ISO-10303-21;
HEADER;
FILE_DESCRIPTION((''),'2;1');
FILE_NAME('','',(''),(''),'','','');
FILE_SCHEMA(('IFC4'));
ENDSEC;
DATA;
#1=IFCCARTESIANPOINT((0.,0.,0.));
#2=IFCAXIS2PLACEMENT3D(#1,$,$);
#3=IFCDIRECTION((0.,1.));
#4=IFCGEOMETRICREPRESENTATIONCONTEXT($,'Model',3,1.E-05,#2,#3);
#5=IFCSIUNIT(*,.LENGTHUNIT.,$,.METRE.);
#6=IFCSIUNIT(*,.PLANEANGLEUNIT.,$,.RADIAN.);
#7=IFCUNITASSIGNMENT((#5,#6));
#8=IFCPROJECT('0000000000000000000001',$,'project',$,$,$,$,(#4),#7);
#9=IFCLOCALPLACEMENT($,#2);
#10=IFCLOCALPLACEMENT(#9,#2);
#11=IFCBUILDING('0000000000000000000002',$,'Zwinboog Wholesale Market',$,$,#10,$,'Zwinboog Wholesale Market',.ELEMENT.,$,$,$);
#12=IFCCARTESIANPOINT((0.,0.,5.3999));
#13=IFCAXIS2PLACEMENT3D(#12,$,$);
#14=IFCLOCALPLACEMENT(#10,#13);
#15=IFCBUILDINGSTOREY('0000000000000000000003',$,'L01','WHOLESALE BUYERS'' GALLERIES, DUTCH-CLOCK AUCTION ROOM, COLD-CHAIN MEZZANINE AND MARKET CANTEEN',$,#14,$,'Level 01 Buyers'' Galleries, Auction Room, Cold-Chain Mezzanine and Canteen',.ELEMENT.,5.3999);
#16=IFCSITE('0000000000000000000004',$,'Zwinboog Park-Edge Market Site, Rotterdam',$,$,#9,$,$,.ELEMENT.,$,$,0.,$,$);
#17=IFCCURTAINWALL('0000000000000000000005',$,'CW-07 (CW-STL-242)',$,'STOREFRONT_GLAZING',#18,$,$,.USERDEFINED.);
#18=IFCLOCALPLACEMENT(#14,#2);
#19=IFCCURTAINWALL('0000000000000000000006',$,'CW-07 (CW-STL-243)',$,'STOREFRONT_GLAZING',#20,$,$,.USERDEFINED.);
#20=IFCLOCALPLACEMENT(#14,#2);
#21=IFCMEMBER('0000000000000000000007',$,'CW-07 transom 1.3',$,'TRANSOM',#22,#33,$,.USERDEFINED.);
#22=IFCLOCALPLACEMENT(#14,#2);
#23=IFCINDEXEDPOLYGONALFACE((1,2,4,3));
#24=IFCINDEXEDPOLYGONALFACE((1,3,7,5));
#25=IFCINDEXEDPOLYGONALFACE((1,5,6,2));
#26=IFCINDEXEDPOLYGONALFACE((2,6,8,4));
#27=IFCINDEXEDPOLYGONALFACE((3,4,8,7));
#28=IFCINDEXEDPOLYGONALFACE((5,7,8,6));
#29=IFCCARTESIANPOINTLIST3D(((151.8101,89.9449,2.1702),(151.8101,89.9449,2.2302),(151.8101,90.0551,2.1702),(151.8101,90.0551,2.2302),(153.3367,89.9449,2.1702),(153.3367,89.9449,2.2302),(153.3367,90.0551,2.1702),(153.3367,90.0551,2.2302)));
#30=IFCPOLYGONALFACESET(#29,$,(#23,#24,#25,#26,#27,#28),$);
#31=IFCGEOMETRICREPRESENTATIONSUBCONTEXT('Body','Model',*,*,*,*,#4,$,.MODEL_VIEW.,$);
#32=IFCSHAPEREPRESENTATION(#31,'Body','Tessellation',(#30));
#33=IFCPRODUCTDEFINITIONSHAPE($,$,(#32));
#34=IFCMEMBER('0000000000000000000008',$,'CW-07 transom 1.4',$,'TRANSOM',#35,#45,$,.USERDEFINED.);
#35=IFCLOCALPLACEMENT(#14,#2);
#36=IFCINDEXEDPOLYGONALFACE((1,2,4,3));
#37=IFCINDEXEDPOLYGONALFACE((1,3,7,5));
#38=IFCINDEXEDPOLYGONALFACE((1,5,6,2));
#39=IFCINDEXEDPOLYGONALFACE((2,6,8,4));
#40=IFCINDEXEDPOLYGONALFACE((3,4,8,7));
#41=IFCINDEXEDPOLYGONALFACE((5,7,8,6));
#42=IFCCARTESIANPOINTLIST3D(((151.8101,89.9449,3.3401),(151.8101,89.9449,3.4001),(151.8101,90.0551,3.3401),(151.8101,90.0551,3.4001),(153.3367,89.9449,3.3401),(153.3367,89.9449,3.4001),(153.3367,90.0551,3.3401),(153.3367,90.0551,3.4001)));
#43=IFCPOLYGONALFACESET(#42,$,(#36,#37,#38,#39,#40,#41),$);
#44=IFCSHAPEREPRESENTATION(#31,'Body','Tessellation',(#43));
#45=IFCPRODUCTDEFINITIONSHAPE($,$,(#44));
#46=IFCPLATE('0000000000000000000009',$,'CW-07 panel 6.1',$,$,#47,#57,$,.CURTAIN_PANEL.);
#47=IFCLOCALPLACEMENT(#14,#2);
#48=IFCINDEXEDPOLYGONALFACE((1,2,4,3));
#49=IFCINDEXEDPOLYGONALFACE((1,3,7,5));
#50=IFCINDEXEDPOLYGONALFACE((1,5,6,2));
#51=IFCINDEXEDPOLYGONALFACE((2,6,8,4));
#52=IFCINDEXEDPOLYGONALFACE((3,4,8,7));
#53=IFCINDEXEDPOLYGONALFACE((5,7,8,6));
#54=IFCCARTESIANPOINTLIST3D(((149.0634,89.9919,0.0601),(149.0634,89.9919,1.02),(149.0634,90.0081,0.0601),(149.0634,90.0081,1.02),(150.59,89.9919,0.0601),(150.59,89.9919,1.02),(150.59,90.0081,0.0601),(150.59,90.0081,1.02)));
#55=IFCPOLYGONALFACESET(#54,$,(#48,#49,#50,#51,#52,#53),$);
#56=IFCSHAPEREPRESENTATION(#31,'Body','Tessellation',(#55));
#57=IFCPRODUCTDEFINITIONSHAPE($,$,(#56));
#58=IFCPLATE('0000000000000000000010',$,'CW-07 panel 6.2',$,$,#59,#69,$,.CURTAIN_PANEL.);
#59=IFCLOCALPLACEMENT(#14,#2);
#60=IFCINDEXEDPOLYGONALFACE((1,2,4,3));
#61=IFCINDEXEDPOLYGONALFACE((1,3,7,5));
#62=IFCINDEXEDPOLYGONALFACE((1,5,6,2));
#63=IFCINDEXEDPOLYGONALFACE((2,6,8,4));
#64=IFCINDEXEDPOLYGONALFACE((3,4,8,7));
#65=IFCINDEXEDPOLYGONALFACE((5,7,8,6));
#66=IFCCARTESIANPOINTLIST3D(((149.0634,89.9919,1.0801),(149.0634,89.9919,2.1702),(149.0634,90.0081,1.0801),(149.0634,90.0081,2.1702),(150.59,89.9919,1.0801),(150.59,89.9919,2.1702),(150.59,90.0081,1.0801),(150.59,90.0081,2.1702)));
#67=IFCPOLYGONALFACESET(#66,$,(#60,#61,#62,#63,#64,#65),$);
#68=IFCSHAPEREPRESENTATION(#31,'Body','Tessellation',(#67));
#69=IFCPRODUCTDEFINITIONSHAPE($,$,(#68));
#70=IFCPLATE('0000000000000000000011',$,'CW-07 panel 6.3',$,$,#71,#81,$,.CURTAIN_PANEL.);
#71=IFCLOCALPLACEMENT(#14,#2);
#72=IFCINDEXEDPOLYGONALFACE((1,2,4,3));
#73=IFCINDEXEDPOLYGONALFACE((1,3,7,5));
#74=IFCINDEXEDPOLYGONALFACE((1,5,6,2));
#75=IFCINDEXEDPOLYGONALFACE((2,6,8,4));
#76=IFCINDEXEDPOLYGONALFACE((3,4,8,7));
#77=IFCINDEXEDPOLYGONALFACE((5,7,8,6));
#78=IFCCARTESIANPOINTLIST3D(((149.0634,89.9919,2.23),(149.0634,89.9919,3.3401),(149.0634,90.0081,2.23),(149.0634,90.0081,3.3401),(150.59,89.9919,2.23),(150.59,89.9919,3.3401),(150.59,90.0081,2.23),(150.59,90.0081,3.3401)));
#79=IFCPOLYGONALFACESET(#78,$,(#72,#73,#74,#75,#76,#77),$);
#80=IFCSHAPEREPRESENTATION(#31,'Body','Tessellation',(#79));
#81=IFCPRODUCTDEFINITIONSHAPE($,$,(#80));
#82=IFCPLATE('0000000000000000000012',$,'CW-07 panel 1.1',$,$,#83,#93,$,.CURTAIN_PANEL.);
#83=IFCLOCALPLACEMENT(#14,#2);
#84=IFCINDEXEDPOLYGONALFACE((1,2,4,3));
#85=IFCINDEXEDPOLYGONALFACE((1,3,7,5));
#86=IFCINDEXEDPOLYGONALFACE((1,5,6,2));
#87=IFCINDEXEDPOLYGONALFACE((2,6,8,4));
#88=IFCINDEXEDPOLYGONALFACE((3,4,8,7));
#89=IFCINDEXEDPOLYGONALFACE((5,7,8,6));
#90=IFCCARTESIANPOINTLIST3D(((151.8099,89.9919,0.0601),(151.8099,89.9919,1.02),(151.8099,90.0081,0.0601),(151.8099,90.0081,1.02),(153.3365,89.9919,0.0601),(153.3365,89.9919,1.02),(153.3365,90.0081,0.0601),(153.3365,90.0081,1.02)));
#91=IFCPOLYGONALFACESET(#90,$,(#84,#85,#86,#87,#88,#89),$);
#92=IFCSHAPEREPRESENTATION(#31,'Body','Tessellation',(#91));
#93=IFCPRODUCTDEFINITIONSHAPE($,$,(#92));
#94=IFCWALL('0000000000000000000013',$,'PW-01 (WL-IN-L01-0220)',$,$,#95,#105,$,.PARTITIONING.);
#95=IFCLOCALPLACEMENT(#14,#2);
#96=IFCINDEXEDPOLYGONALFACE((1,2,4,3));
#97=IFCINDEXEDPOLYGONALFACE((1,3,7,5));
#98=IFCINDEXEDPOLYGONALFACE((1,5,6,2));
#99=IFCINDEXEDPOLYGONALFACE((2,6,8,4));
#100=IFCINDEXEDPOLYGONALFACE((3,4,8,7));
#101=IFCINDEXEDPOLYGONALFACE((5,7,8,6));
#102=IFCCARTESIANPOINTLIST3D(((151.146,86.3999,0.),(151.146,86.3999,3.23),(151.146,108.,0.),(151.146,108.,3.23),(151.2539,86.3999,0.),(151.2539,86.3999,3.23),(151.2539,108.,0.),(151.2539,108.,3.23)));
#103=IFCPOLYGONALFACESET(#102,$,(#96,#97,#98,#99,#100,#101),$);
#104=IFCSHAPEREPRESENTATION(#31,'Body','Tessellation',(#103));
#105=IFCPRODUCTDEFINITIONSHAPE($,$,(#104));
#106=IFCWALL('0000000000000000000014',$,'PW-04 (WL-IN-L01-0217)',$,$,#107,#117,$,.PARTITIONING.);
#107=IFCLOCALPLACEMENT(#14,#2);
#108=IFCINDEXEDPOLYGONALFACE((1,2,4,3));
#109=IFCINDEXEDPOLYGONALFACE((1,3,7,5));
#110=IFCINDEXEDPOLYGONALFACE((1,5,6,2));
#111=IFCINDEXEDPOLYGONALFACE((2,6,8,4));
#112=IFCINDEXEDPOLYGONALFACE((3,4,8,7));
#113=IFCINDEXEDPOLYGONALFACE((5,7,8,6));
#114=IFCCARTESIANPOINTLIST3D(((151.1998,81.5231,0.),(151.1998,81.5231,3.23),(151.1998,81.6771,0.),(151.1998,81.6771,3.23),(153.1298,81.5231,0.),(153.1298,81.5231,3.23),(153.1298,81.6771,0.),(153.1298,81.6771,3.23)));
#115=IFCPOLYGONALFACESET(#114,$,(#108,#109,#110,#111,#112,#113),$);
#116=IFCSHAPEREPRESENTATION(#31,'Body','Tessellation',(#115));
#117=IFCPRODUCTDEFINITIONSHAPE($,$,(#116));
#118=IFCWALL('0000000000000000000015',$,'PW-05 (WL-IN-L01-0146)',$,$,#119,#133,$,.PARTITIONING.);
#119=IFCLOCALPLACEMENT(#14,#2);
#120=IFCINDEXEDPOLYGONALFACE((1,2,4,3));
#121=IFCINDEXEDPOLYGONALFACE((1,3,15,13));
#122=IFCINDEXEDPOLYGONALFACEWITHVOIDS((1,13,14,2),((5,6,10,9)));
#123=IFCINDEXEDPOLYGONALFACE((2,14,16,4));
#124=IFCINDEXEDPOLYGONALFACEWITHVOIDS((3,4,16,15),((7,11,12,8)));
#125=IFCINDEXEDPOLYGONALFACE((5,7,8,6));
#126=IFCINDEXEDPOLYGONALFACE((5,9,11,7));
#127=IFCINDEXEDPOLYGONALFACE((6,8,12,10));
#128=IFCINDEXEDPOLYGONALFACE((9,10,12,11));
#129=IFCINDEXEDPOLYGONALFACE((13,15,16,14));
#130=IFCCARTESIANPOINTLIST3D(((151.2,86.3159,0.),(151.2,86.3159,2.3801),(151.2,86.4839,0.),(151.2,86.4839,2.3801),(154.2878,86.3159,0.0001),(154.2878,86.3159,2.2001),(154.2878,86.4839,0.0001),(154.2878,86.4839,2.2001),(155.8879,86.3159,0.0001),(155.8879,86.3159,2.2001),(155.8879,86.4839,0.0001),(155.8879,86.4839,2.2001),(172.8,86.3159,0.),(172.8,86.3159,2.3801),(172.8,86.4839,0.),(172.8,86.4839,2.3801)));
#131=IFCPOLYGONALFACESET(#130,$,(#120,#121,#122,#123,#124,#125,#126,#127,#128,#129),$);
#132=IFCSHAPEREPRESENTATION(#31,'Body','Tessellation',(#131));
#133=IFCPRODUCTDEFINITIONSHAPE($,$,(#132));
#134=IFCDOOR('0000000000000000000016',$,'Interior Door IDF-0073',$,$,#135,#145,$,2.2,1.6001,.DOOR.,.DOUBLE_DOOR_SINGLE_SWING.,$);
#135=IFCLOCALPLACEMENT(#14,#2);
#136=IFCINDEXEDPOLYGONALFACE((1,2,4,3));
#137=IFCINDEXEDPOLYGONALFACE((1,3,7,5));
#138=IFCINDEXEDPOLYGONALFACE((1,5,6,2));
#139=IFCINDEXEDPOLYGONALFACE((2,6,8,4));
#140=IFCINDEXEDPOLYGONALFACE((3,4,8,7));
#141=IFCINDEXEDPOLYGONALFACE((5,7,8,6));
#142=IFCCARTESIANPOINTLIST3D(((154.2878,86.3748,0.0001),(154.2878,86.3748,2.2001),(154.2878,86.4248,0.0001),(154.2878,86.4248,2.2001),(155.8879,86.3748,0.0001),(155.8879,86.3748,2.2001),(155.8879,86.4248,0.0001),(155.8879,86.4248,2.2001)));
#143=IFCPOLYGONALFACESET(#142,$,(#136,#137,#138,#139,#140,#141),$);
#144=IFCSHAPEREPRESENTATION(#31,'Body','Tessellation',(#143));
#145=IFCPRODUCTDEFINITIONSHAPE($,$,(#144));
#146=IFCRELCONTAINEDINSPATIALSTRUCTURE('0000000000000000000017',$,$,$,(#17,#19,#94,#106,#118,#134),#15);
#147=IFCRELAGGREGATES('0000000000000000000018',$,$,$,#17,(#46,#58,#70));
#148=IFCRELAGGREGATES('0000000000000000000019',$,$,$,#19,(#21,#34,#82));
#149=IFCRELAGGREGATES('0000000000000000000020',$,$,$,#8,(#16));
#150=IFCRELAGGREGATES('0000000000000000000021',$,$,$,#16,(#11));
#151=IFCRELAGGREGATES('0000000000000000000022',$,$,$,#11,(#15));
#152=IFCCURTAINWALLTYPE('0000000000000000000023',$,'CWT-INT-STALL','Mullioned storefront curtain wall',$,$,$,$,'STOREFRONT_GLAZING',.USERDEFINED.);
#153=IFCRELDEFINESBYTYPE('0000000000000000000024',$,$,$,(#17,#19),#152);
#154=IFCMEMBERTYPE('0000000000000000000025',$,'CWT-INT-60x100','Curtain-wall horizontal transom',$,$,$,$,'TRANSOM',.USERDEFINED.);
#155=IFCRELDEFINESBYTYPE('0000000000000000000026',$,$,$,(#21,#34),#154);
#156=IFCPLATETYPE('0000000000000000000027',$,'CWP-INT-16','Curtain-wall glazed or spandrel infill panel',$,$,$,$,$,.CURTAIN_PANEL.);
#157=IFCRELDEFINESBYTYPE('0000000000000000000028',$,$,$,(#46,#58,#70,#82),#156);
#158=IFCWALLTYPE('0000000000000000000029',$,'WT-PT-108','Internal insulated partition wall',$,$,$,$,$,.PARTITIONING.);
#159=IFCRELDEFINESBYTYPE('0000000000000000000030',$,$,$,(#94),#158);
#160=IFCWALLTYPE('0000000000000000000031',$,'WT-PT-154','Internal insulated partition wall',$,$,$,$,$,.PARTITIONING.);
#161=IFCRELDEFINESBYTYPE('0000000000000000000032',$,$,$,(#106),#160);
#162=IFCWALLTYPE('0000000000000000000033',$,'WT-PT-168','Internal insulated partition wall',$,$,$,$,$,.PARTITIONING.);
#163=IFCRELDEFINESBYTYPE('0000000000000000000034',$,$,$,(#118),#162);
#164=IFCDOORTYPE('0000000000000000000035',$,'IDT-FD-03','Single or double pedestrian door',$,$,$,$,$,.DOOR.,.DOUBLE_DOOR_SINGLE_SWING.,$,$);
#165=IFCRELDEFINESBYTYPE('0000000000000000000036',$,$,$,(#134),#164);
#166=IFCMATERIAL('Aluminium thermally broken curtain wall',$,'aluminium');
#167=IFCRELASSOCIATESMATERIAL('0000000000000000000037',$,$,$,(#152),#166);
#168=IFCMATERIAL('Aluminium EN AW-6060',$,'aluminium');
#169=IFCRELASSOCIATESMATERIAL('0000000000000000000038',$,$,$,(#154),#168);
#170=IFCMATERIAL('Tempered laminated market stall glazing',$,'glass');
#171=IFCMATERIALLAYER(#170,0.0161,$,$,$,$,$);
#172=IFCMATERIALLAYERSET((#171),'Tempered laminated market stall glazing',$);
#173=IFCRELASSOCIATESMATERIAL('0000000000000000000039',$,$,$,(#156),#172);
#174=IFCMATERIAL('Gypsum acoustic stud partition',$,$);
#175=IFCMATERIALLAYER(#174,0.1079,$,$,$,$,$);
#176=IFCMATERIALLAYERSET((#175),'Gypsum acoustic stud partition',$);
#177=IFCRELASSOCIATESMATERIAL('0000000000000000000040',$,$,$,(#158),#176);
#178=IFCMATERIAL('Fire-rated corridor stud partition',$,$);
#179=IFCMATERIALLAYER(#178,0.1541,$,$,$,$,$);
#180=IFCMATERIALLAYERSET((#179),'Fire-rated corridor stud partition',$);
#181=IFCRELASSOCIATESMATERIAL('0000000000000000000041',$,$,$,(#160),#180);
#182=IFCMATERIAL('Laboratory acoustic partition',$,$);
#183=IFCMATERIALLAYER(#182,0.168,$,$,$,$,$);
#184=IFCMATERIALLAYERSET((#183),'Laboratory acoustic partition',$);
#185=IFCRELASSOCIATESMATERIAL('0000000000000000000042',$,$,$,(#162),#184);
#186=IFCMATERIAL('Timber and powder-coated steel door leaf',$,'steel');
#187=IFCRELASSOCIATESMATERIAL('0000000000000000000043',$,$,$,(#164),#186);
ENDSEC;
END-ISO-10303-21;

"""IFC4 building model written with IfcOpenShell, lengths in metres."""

from ifc_helpers import new_model, si_unit, direction, frame, frame_2d, origin, origin_2d, place, context, subcontext, project, spatial, rectangle, extrude, material, layer, layer_set, material_profile, profile_set, type_object, element, fill, aggregate, save


model = new_model("IFC4")

# Units and contexts
model_context = context("Model", 3, precision=1e-05, world=origin(), true_north=direction((0.0, 1.0)))
body_context = subcontext(model_context, "Body", "Model", "MODEL_VIEW")
ifc_project = project(units=[si_unit("LENGTHUNIT", "METRE"), si_unit("PLANEANGLEUNIT", "RADIAN")], contexts=[model_context])

# Site, building, storey
site_placement = place(None, origin())
site = spatial("IfcSite", under=ifc_project, at=site_placement, Name="Zwinboog Park-Edge Market Site, Rotterdam", CompositionType="ELEMENT", RefElevation=0.0)
building_placement = place(site_placement, origin())
building = spatial("IfcBuilding", under=site, at=building_placement, Name="Zwinboog Wholesale Market", LongName="Zwinboog Wholesale Market", CompositionType="ELEMENT")
storey_placement = place(building_placement, frame((0.0, 0.0, 5.3999)))
storey = spatial("IfcBuildingStorey", under=building, at=storey_placement, Name="L01", Description="WHOLESALE BUYERS' GALLERIES, DUTCH-CLOCK AUCTION ROOM, COLD-CHAIN MEZZANINE AND MARKET CANTEEN", LongName="Level 01 Buyers' Galleries, Auction Room, Cold-Chain Mezzanine and Canteen", CompositionType="ELEMENT", Elevation=5.3999)

# Curtain walls
ifc_material_1 = material(Name="Aluminium thermally broken curtain wall", Category="aluminium")
curtain_wall_type = type_object("IfcCurtainWallType", Name="CWT-INT-STALL", Description="Mullioned storefront curtain wall", ElementType="STOREFRONT_GLAZING", PredefinedType="USERDEFINED", material=ifc_material_1)
curtain_wall_1_placement = place(storey_placement, origin())
curtain_wall_1 = element("IfcCurtainWall", 1, at=curtain_wall_1_placement, inside=storey, type_object=curtain_wall_type, Name="CW-07 (CW-STL-242)", ObjectType="STOREFRONT_GLAZING", PredefinedType="USERDEFINED")
ifc_material_2 = material(Name="Aluminium EN AW-6060", Category="aluminium")
curtain_wall_2_placement = place(storey_placement, origin())
curtain_wall_2 = element("IfcCurtainWall", 2, at=curtain_wall_2_placement, inside=storey, type_object=curtain_wall_type, Name="CW-07 (CW-STL-243)", ObjectType="STOREFRONT_GLAZING", PredefinedType="USERDEFINED")

# Members
ifc_material_profile_1 = material_profile(ifc_material_2, rectangle(XDim=0.1101, YDim=0.0601, at=origin_2d()), Name="AL 60x110")
ifc_profile_set_1 = profile_set([ifc_material_profile_1], Name="Aluminium EN AW-6060")
member_type_1 = type_object("IfcMemberType", Name="CWT-INT-60x100", Description="Curtain-wall horizontal transom", ElementType="TRANSOM", PredefinedType="USERDEFINED", material=ifc_profile_set_1)
member_1_placement = place(storey_placement, frame((151.8101, 90.0, 2.2002), z_axis=(1.0, 0.0, 0.0), x_axis=(0.0, 1.0, 0.0)))
member_1 = element("IfcMember", 3, at=member_1_placement, type_object=member_type_1, Name="CW-07 transom 1.3", ObjectType="TRANSOM", PredefinedType="USERDEFINED", context=body_context, shape_type="SweptSolid", body=[
    extrude(rectangle(XDim=0.1101, YDim=0.0601, at=origin_2d()), origin(), (0.0, 0.0, 1.0), 1.5266),
])
member_2_placement = place(storey_placement, frame((151.8101, 90.0, 3.3701), z_axis=(1.0, 0.0, 0.0), x_axis=(0.0, 1.0, 0.0)))
member_2 = element("IfcMember", 4, at=member_2_placement, type_object=member_type_1, Name="CW-07 transom 1.4", ObjectType="TRANSOM", PredefinedType="USERDEFINED", context=body_context, shape_type="SweptSolid", body=[
    extrude(rectangle(XDim=0.1101, YDim=0.0601, at=origin_2d()), origin(), (0.0, 0.0, 1.0), 1.5266),
])

# Plates
ifc_material_3 = material(Name="Tempered laminated market stall glazing", Category="glass")
ifc_layer_1 = layer(ifc_material_3, 0.0161)
ifc_layer_set_1 = layer_set([ifc_layer_1], Name="Tempered laminated market stall glazing")
plate_type = type_object("IfcPlateType", Name="CWP-INT-16", Description="Curtain-wall glazed or spandrel infill panel", PredefinedType="CURTAIN_PANEL", material=ifc_layer_set_1)
plate_1_placement = place(storey_placement, frame((149.8267, 90.0, 0.0601), z_axis=(0.0, 0.0, 1.0), x_axis=(1.0, 0.0, 0.0)))
plate_1 = element("IfcPlate", 5, at=plate_1_placement, type_object=plate_type, Name="CW-07 panel 6.1", PredefinedType="CURTAIN_PANEL", context=body_context, shape_type="SweptSolid", body=[
    extrude(rectangle(XDim=1.5266, YDim=0.0161, at=origin_2d()), origin(), (0.0, 0.0, 1.0), 0.96),
])
plate_2_placement = place(storey_placement, frame((149.8267, 90.0, 1.0801), z_axis=(0.0, 0.0, 1.0), x_axis=(1.0, 0.0, 0.0)))
plate_2 = element("IfcPlate", 6, at=plate_2_placement, type_object=plate_type, Name="CW-07 panel 6.2", PredefinedType="CURTAIN_PANEL", context=body_context, shape_type="SweptSolid", body=[
    extrude(rectangle(XDim=1.5266, YDim=0.0161, at=origin_2d()), origin(), (0.0, 0.0, 1.0), 1.0901),
])
plate_3_placement = place(storey_placement, frame((149.8267, 90.0, 2.23), z_axis=(0.0, 0.0, 1.0), x_axis=(1.0, 0.0, 0.0)))
plate_3 = element("IfcPlate", 7, at=plate_3_placement, type_object=plate_type, Name="CW-07 panel 6.3", PredefinedType="CURTAIN_PANEL", context=body_context, shape_type="SweptSolid", body=[
    extrude(rectangle(XDim=1.5266, YDim=0.0161, at=origin_2d()), origin(), (0.0, 0.0, 1.0), 1.1101),
])
aggregate(curtain_wall_1, [plate_1, plate_2, plate_3])
plate_4_placement = place(storey_placement, frame((152.5732, 90.0, 0.0601), z_axis=(0.0, 0.0, 1.0), x_axis=(1.0, 0.0, 0.0)))
plate_4 = element("IfcPlate", 8, at=plate_4_placement, type_object=plate_type, Name="CW-07 panel 1.1", PredefinedType="CURTAIN_PANEL", context=body_context, shape_type="SweptSolid", body=[
    extrude(rectangle(XDim=1.5266, YDim=0.0161, at=origin_2d()), origin(), (0.0, 0.0, 1.0), 0.96),
])
aggregate(curtain_wall_2, [member_1, member_2, plate_4])

# Walls
ifc_material_4 = material(Name="Gypsum acoustic stud partition")
ifc_layer_2 = layer(ifc_material_4, 0.1079)
ifc_layer_set_2 = layer_set([ifc_layer_2], Name="Gypsum acoustic stud partition")
wall_type_1 = type_object("IfcWallType", Name="WT-PT-108", Description="Internal insulated partition wall", PredefinedType="PARTITIONING", material=ifc_layer_set_2)
wall_1_placement = place(storey_placement, frame((151.2, 86.3999, 0.0), z_axis=(0.0, 0.0, 1.0), x_axis=(0.0, 1.0, 0.0)))
element("IfcWall", 9, at=wall_1_placement, inside=storey, type_object=wall_type_1, Name="PW-01 (WL-IN-L01-0220)", PredefinedType="PARTITIONING", context=body_context, shape_type="SweptSolid", body=[
    extrude(rectangle(XDim=21.6001, YDim=0.1079, at=frame_2d((10.8, 0.0))), origin(), (0.0, 0.0, 1.0), 3.23),
])
ifc_material_5 = material(Name="Fire-rated corridor stud partition")
ifc_layer_3 = layer(ifc_material_5, 0.1541)
ifc_layer_set_3 = layer_set([ifc_layer_3], Name="Fire-rated corridor stud partition")
wall_type_2 = type_object("IfcWallType", Name="WT-PT-154", Description="Internal insulated partition wall", PredefinedType="PARTITIONING", material=ifc_layer_set_3)
wall_2_placement = place(storey_placement, frame((151.2, 81.6001, 0.0), z_axis=(0.0, 0.0, 1.0), x_axis=(1.0, 0.0, 0.0)))
element("IfcWall", 10, at=wall_2_placement, inside=storey, type_object=wall_type_2, Name="PW-04 (WL-IN-L01-0217)", PredefinedType="PARTITIONING", context=body_context, shape_type="SweptSolid", body=[
    extrude(rectangle(XDim=1.9299, YDim=0.1541, at=frame_2d((0.9648, 0.0))), origin(), (0.0, 0.0, 1.0), 3.23),
])

# Wall, opening, door
ifc_material_6 = material(Name="Laboratory acoustic partition")
ifc_layer_4 = layer(ifc_material_6, 0.168)
ifc_layer_set_4 = layer_set([ifc_layer_4], Name="Laboratory acoustic partition")
wall_type_3 = type_object("IfcWallType", Name="WT-PT-168", Description="Internal insulated partition wall", PredefinedType="PARTITIONING", material=ifc_layer_set_4)
wall_3_placement = place(storey_placement, frame((151.2, 86.3999, 0.0), z_axis=(0.0, 0.0, 1.0), x_axis=(1.0, 0.0, 0.0)))
wall_3 = element("IfcWall", 11, at=wall_3_placement, inside=storey, type_object=wall_type_3, Name="PW-05 (WL-IN-L01-0146)", PredefinedType="PARTITIONING", context=body_context, shape_type="SweptSolid", body=[
    extrude(rectangle(XDim=21.6001, YDim=0.168, at=frame_2d((10.8, 0.0))), origin(), (0.0, 0.0, 1.0), 2.3801),
])
opening_placement = place(wall_3_placement, frame((3.0879, 0.0, 0.0)))
opening = element("IfcOpeningElement", 12, at=opening_placement, cuts=wall_3, PredefinedType="OPENING", context=body_context, shape_type="SweptSolid", body=[
    extrude(rectangle(XDim=1.6001, YDim=2.2, at=frame_2d((0.8, 1.1001))), frame((0.0, 0.094, 0.0), z_axis=(0.0, -1.0, 0.0), x_axis=(1.0, 0.0, 0.0)), (0.0, 0.0, 1.0), 0.188),
])
ifc_material_7 = material(Name="Timber and powder-coated steel door leaf", Category="steel")
door_type = type_object("IfcDoorType", Name="IDT-FD-03", Description="Single or double pedestrian door", OperationType="DOUBLE_DOOR_SINGLE_SWING", PredefinedType="DOOR", material=ifc_material_7)
door_placement = place(opening_placement, origin())
door = element("IfcDoor", 13, at=door_placement, inside=storey, type_object=door_type, Name="Interior Door IDF-0073", OperationType="DOUBLE_DOOR_SINGLE_SWING", OverallHeight=2.2, OverallWidth=1.6001, PredefinedType="DOOR", context=body_context, shape_type="SweptSolid", body=[
    extrude(rectangle(XDim=1.6001, YDim=2.2, at=frame_2d((0.8, 1.1001))), frame((0.0, 0.0249, 0.0), z_axis=(0.0, -1.0, 0.0), x_axis=(1.0, 0.0, 0.0)), (0.0, 0.0, 1.0), 0.05),
])
fill(opening, door)

save(model, "model.ifc")
